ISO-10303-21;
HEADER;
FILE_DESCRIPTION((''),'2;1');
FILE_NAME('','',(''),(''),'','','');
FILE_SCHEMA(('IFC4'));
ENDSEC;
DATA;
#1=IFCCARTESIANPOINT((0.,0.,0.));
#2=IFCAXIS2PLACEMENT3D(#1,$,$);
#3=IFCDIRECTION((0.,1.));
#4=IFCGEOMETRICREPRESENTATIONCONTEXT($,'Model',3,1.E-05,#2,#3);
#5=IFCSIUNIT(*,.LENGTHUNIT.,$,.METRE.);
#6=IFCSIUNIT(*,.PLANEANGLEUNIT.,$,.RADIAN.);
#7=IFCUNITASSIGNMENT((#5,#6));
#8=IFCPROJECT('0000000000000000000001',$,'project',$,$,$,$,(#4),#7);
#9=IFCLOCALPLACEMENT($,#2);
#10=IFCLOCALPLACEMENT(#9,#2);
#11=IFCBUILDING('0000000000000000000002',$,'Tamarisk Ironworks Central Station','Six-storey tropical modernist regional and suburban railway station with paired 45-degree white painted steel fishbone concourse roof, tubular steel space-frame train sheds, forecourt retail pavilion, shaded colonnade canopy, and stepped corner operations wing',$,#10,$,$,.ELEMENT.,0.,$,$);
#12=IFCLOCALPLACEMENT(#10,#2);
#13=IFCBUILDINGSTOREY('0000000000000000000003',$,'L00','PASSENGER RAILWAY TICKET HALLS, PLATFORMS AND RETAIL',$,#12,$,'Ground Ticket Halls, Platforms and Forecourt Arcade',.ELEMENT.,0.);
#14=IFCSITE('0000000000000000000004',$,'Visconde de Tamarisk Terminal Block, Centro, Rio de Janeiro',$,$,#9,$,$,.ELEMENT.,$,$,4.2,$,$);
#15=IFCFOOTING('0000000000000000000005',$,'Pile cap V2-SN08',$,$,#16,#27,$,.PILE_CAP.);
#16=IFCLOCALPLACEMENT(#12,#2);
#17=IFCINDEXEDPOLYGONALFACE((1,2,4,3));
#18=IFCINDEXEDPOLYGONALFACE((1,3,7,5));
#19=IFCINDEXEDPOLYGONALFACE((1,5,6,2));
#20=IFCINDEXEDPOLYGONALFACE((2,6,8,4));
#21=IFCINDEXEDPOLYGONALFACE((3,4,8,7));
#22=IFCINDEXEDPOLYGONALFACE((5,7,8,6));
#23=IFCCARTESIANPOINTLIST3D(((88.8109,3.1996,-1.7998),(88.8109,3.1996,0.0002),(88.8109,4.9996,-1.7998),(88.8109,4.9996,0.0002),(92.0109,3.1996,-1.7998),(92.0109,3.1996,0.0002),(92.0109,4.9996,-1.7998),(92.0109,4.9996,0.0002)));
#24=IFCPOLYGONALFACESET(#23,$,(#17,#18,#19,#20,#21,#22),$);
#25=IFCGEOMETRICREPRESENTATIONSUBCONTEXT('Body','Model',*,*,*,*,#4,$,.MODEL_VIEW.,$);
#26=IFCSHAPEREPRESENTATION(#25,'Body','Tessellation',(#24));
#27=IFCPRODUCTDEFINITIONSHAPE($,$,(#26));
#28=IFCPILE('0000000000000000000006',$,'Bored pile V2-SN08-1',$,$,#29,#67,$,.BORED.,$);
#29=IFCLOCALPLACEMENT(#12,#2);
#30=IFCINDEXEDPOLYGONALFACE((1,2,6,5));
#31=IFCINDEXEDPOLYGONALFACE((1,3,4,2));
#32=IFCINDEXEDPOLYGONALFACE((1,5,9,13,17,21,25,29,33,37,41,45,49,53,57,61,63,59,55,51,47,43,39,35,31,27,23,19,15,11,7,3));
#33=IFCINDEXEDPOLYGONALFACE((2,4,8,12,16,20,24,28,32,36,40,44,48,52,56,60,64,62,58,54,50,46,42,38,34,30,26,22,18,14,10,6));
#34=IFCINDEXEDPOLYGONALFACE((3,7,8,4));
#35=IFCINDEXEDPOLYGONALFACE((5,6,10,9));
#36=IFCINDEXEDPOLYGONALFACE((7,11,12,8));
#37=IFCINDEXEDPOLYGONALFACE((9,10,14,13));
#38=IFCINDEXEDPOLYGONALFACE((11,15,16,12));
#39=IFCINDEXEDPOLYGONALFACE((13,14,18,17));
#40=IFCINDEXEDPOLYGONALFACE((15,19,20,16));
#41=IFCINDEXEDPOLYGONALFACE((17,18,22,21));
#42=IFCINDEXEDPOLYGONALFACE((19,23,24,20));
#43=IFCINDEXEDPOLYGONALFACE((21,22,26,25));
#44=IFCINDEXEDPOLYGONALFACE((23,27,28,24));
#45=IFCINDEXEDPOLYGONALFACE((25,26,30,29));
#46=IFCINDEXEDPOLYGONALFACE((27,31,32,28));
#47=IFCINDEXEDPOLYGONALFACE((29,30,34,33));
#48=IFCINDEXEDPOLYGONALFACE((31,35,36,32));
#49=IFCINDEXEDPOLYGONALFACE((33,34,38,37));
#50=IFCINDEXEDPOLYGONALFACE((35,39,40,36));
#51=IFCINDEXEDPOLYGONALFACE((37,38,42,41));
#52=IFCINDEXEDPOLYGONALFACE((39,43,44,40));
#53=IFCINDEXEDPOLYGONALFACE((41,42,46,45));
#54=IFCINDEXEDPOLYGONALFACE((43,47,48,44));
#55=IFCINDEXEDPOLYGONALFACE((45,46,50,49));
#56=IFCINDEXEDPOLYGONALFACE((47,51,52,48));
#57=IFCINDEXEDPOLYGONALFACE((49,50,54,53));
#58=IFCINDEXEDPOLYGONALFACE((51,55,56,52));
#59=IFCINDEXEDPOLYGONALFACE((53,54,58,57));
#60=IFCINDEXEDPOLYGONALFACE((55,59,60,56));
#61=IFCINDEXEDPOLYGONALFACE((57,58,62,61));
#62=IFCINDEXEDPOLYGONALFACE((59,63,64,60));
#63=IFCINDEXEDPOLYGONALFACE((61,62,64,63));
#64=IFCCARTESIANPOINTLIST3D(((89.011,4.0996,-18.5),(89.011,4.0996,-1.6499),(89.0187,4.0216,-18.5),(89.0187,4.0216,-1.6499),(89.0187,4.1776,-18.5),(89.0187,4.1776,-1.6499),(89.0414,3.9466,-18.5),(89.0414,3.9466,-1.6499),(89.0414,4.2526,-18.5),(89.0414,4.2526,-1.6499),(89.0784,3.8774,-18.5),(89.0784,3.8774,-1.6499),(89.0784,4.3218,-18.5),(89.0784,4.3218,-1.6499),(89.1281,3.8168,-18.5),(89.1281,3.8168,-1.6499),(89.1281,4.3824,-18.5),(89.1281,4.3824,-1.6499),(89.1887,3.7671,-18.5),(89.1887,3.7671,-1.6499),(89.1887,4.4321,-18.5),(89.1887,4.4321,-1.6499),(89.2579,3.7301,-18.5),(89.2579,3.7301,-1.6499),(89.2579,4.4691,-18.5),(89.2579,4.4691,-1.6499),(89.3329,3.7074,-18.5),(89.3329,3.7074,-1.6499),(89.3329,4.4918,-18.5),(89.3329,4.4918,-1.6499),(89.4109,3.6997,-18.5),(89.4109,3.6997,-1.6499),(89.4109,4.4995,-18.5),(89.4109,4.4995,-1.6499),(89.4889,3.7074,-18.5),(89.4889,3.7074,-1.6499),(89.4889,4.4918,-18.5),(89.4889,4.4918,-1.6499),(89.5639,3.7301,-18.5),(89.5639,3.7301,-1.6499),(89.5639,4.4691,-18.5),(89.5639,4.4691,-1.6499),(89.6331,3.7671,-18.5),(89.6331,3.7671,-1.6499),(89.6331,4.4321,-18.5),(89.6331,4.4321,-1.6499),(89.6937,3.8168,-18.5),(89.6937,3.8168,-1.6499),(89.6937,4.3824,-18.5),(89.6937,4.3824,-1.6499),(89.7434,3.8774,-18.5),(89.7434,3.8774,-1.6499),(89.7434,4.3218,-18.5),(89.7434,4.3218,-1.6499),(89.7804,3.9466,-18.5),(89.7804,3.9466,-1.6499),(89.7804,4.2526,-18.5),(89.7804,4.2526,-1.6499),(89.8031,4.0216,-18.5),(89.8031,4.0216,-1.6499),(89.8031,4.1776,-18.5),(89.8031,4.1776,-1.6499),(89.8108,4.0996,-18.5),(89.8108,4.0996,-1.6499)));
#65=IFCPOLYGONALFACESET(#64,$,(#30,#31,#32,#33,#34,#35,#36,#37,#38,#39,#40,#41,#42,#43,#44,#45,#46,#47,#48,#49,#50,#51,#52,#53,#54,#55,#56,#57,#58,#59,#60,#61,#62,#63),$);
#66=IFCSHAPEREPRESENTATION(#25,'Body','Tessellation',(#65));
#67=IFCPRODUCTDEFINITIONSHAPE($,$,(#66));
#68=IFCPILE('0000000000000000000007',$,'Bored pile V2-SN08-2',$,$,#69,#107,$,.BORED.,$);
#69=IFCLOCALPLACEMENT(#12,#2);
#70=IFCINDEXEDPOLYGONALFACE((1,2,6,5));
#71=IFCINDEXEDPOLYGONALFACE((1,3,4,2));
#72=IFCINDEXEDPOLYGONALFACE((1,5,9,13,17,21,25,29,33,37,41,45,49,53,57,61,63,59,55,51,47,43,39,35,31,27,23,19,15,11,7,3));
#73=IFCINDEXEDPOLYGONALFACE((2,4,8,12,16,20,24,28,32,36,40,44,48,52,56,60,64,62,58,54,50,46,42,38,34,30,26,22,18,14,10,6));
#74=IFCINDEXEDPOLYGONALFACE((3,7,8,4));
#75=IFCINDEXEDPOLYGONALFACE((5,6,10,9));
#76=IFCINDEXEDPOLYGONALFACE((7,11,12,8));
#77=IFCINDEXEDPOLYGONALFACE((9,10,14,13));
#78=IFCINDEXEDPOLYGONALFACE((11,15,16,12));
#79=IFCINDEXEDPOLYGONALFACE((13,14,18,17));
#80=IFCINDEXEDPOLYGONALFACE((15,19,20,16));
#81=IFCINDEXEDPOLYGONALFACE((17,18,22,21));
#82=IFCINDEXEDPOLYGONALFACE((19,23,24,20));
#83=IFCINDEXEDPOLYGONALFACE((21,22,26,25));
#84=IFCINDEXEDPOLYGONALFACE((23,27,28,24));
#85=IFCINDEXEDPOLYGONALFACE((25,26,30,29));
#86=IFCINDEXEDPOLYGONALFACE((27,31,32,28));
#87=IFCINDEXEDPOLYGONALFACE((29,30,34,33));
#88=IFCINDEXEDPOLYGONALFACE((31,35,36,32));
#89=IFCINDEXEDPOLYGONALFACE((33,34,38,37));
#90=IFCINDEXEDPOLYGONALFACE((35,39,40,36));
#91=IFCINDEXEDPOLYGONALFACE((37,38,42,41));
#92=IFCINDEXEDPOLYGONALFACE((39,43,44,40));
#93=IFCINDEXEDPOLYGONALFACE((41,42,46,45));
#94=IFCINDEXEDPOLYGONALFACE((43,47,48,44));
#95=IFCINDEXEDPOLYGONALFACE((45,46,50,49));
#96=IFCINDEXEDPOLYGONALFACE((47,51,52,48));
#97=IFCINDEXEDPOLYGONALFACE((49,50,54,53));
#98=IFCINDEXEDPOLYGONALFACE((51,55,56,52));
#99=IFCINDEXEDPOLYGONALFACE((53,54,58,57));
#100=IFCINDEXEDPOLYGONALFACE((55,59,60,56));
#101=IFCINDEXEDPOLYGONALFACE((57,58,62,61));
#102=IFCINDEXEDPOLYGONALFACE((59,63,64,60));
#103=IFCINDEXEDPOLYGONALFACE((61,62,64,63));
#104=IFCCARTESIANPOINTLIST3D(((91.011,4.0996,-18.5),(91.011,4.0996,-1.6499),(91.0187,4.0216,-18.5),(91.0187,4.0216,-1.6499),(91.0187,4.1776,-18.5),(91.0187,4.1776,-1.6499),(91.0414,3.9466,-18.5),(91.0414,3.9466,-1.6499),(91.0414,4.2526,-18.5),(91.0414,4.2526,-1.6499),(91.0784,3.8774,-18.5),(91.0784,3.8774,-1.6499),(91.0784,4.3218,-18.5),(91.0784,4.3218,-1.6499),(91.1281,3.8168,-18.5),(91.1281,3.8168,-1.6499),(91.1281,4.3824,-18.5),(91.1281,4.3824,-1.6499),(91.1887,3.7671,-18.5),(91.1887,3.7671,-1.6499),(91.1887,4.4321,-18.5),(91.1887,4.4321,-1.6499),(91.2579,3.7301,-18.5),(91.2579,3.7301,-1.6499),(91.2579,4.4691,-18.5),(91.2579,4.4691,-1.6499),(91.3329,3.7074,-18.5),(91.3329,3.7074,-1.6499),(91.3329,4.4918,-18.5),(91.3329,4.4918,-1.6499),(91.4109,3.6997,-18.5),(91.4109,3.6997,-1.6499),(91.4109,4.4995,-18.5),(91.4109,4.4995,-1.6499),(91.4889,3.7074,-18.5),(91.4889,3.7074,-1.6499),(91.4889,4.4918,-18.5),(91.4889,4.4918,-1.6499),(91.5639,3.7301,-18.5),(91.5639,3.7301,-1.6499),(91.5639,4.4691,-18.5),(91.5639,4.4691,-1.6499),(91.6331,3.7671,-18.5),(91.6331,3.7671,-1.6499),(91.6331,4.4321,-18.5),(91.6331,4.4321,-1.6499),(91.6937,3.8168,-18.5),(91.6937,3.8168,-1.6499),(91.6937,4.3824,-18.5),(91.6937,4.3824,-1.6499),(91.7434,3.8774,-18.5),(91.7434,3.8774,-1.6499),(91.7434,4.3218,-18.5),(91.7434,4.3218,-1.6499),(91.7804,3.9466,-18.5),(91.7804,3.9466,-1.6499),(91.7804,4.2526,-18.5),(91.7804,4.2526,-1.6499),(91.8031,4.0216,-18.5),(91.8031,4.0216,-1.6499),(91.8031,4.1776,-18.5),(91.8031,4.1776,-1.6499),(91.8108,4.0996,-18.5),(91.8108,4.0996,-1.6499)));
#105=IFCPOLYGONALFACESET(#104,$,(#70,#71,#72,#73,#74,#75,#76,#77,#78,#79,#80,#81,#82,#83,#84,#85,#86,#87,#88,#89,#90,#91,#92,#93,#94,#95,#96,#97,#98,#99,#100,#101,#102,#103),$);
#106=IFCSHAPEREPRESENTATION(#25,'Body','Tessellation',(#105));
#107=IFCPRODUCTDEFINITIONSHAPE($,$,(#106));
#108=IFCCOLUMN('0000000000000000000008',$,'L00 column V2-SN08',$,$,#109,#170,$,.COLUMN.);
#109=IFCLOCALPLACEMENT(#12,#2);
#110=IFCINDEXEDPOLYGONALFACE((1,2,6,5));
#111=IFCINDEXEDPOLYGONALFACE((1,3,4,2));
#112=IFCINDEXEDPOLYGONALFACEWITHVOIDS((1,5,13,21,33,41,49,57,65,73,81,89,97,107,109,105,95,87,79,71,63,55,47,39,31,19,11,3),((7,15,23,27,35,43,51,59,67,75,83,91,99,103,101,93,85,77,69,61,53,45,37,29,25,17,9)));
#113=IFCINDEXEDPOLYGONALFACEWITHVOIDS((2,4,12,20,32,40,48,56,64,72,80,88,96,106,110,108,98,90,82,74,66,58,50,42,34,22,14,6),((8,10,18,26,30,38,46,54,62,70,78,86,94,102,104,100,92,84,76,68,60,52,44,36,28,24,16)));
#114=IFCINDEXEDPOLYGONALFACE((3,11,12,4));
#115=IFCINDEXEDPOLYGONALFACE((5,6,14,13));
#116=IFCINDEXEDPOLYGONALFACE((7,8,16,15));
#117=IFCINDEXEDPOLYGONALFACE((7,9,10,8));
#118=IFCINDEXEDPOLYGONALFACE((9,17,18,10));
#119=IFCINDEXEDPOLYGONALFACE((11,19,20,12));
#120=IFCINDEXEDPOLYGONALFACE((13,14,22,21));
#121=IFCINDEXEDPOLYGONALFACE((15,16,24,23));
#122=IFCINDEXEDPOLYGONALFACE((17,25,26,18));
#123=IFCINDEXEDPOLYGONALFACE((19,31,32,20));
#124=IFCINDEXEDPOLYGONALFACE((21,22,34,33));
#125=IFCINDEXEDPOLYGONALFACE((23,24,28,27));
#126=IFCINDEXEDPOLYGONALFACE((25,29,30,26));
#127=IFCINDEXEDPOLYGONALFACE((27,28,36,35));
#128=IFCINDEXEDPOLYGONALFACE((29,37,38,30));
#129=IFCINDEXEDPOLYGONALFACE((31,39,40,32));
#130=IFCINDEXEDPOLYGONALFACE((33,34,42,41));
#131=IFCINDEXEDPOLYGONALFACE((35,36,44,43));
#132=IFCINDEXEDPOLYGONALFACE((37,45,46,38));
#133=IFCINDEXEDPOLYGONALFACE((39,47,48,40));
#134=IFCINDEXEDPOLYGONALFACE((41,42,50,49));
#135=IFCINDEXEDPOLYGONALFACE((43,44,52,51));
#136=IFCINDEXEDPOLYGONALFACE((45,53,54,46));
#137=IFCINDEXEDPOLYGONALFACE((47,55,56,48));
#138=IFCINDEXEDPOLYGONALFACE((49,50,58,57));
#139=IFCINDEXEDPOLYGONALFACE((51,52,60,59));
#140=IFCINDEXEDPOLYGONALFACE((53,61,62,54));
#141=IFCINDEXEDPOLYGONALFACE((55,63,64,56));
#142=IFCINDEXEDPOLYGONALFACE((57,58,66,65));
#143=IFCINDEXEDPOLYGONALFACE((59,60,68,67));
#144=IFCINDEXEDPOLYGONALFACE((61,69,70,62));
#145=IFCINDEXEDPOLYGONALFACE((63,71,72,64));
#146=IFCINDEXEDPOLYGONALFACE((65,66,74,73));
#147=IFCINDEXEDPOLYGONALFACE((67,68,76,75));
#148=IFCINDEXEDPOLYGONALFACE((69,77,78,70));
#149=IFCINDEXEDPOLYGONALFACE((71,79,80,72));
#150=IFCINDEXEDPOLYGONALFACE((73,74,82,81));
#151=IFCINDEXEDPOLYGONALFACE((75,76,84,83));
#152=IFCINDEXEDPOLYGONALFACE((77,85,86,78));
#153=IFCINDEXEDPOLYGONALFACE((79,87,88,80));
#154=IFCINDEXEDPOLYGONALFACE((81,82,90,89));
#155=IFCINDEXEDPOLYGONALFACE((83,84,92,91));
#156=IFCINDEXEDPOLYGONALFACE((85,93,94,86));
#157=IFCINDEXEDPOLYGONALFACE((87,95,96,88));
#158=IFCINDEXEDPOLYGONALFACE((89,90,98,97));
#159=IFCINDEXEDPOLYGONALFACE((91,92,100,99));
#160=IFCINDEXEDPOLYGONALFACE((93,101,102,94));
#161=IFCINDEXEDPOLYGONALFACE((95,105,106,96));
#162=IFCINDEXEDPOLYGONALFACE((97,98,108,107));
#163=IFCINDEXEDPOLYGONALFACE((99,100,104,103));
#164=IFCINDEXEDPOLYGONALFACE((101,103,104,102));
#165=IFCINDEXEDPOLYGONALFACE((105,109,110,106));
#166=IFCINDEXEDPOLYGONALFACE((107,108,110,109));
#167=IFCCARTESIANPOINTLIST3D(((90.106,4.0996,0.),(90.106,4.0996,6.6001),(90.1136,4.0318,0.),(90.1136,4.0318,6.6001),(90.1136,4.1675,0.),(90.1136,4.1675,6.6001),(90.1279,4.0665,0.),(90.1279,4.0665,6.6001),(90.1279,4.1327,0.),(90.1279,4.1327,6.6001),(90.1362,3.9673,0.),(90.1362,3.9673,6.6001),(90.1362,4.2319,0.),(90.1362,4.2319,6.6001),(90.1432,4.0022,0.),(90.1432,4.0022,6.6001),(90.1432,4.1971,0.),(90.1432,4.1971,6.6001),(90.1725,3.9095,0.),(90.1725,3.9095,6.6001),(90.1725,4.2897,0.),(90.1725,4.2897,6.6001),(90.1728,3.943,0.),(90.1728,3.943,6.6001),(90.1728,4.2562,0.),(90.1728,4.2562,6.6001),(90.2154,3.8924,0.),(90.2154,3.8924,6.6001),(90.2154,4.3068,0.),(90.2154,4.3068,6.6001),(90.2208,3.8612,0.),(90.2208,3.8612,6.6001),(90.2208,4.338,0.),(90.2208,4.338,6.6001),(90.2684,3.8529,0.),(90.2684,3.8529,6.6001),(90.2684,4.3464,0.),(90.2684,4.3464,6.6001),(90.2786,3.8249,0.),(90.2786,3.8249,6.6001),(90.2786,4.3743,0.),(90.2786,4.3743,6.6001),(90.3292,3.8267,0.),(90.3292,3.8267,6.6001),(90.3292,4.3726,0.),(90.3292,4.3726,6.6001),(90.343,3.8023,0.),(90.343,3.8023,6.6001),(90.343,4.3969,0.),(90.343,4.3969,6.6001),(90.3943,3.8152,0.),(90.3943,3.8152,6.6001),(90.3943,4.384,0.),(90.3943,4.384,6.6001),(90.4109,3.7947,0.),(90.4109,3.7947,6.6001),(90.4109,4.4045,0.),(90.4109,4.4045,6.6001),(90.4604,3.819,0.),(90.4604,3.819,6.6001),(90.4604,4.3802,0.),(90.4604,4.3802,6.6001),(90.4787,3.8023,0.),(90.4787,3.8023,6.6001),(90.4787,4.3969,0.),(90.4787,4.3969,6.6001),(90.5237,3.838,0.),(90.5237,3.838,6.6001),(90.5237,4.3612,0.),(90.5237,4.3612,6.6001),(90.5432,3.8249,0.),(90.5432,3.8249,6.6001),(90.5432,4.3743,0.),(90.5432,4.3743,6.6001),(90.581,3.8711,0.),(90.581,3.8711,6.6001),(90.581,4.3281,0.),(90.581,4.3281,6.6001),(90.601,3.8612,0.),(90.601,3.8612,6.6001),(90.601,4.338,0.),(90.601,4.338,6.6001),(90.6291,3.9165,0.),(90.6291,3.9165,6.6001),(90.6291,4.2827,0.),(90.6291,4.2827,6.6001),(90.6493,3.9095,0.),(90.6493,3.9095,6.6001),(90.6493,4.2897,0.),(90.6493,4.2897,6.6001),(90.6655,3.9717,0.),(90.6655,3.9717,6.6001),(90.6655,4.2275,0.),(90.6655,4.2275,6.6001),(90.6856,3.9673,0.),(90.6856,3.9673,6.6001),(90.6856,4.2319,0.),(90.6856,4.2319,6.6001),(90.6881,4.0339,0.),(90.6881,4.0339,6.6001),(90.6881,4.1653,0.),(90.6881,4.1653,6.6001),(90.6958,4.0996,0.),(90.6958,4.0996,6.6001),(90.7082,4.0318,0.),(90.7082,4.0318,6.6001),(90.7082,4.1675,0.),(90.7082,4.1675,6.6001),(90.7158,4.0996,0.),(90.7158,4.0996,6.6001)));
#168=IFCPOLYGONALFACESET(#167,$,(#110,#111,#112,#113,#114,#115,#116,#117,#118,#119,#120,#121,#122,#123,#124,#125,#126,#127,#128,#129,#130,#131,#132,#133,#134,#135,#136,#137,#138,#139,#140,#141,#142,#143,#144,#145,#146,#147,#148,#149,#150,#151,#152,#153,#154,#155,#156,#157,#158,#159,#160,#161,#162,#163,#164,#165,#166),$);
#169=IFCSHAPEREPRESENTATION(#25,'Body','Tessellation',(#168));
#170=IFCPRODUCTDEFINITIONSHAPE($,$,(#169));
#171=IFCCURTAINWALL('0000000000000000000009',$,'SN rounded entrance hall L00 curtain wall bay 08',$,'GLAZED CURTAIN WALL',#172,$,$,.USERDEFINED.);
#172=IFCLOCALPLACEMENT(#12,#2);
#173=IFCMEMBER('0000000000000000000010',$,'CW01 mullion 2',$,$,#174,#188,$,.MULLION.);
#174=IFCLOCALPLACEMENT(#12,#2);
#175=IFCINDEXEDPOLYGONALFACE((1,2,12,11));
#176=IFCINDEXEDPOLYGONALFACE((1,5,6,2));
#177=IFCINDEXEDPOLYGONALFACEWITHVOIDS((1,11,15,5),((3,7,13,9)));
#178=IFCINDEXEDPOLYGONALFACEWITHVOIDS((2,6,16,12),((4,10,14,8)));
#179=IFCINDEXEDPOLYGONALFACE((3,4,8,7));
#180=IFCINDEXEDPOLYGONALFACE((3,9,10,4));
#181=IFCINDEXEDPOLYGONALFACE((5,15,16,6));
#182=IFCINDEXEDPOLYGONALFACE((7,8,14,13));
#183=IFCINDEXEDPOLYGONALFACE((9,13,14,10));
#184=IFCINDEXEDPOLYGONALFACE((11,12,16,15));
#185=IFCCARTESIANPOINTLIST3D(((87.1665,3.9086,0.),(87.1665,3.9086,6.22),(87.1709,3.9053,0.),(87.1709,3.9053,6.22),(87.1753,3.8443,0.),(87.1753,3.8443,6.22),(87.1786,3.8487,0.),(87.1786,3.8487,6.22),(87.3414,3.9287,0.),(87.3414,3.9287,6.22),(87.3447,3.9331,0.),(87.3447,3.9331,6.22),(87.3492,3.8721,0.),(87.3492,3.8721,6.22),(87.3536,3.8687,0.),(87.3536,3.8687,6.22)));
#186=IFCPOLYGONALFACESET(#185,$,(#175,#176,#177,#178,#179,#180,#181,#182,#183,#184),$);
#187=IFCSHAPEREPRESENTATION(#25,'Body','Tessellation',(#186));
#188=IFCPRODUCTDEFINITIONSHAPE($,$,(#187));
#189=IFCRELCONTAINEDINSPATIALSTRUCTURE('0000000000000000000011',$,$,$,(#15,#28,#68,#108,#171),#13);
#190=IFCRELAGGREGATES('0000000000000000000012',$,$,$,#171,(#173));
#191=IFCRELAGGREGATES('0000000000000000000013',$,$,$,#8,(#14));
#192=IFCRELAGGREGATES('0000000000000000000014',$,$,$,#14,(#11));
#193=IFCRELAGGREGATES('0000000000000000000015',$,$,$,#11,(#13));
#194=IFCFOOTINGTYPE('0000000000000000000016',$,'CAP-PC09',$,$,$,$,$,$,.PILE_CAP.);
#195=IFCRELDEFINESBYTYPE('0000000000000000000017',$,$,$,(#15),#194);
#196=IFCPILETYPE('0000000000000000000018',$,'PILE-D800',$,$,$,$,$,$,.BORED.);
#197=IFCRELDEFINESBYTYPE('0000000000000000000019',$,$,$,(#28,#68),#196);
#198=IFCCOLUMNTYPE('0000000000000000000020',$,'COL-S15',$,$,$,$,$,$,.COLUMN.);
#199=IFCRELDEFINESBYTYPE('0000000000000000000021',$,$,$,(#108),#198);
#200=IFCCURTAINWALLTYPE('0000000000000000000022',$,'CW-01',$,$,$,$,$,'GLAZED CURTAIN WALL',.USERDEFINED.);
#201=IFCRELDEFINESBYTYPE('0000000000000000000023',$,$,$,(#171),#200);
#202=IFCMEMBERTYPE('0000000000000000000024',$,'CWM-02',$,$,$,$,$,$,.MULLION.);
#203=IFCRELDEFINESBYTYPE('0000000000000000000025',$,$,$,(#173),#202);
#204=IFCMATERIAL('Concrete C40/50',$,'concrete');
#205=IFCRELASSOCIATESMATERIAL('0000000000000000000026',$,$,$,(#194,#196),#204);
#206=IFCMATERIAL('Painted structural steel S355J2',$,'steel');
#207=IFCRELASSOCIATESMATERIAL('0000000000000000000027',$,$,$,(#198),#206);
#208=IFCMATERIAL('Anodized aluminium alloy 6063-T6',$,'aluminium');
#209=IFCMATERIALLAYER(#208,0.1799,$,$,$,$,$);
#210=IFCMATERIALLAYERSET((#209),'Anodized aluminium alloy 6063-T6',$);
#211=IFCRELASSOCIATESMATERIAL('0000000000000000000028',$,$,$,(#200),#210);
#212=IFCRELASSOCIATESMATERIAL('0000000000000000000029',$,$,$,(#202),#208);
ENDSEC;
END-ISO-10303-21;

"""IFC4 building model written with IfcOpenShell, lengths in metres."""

from ifc_helpers import new_model, si_unit, direction, frame, origin, origin_2d, place, context, subcontext, project, spatial, rectangle, hollow_rectangle, circle, hollow_circle, extrude, material, layer, layer_set, material_profile, profile_set, type_object, element, aggregate, save


model = new_model("IFC4")

# Units and contexts
model_context = context("Model", 3, precision=1e-05, world=origin(), true_north=direction((0.0, 1.0)))
body_context = subcontext(model_context, "Body", "Model", "MODEL_VIEW")
ifc_project = project(units=[si_unit("LENGTHUNIT", "METRE"), si_unit("PLANEANGLEUNIT", "RADIAN")], contexts=[model_context])

# Site, building, storey
site_placement = place(None, origin())
site = spatial("IfcSite", under=ifc_project, at=site_placement, Name="Visconde de Tamarisk Terminal Block, Centro, Rio de Janeiro", CompositionType="ELEMENT", RefElevation=4.2)
building_placement = place(site_placement, origin())
building = spatial("IfcBuilding", under=site, at=building_placement, Name="Tamarisk Ironworks Central Station", Description="Six-storey tropical modernist regional and suburban railway station with paired 45-degree white painted steel fishbone concourse roof, tubular steel space-frame train sheds, forecourt retail pavilion, shaded colonnade canopy, and stepped corner operations wing", CompositionType="ELEMENT", ElevationOfRefHeight=0.0)
storey_placement = place(building_placement, origin())
storey = spatial("IfcBuildingStorey", under=building, at=storey_placement, Name="L00", Description="PASSENGER RAILWAY TICKET HALLS, PLATFORMS AND RETAIL", LongName="Ground Ticket Halls, Platforms and Forecourt Arcade", CompositionType="ELEMENT", Elevation=0.0)

# Footing
ifc_material_1 = material(Name="Concrete C40/50", Category="concrete")
footing_type = type_object("IfcFootingType", Name="CAP-PC09", PredefinedType="PILE_CAP", material=ifc_material_1)
footing_placement = place(storey_placement, frame((90.4109, 4.0996, -1.7998), z_axis=(0.0, 0.0, 1.0), x_axis=(1.0, 0.0, 0.0)))
element("IfcFooting", 1, at=footing_placement, inside=storey, type_object=footing_type, Name="Pile cap V2-SN08", PredefinedType="PILE_CAP", context=body_context, shape_type="SweptSolid", body=[
    extrude(rectangle(XDim=3.2, YDim=1.8, at=origin_2d()), origin(), (0.0, 0.0, 1.0), 1.8),
])

# Piles
ifc_material_profile_1 = material_profile(ifc_material_1, circle(Radius=0.3999, at=origin_2d()), Name="BORED PILE D800")
ifc_profile_set_1 = profile_set([ifc_material_profile_1], Name="Concrete C40/50")
pile_type = type_object("IfcPileType", Name="PILE-D800", PredefinedType="BORED", material=ifc_profile_set_1)
for number, where, z_axis, x_axis, name in (
    (2, (89.4109, 4.0996, -1.6499), (0.0, 0.0, -1.0), (1.0, 0.0, 0.0), "Bored pile V2-SN08-1"),
    (3, (91.4109, 4.0996, -1.6499), (0.0, 0.0, -1.0), (1.0, 0.0, 0.0), "Bored pile V2-SN08-2"),
):
    element("IfcPile", number, at=place(storey_placement, frame(where, z_axis=z_axis, x_axis=x_axis)), inside=storey, type_object=pile_type, Name=name, PredefinedType="BORED", context=body_context, shape_type="SweptSolid", body=[
        extrude(circle(Radius=0.3999, at=origin_2d()), origin(), (0.0, 0.0, 1.0), 16.8501),
    ])

# Column
ifc_material_2 = material(Name="Painted structural steel S355J2", Category="steel")
ifc_material_profile_2 = material_profile(ifc_material_2, hollow_circle(Radius=0.3049, WallThickness=0.02, at=origin_2d()), Name="CHS 610x20")
ifc_profile_set_2 = profile_set([ifc_material_profile_2], Name="Painted structural steel S355J2")
column_type = type_object("IfcColumnType", Name="COL-S15", PredefinedType="COLUMN", material=ifc_profile_set_2)
column_placement = place(storey_placement, frame((90.4109, 4.0996, 0.0), z_axis=(0.0, 0.0, 1.0), x_axis=(1.0, 0.0, 0.0)))
element("IfcColumn", 4, at=column_placement, inside=storey, type_object=column_type, Name="L00 column V2-SN08", PredefinedType="COLUMN", context=body_context, shape_type="SweptSolid", body=[
    extrude(hollow_circle(Radius=0.3049, WallThickness=0.02, at=origin_2d()), origin(), (0.0, 0.0, 1.0), 6.6001),
])

# Curtain wall, member
ifc_material_3 = material(Name="Anodized aluminium alloy 6063-T6", Category="aluminium")
ifc_layer_1 = layer(ifc_material_3, 0.1799)
ifc_layer_set_1 = layer_set([ifc_layer_1], Name="Anodized aluminium alloy 6063-T6")
curtain_wall_type = type_object("IfcCurtainWallType", Name="CW-01", ElementType="GLAZED CURTAIN WALL", PredefinedType="USERDEFINED", material=ifc_layer_set_1)
curtain_wall_1_placement = place(storey_placement, origin())
curtain_wall_1 = element("IfcCurtainWall", 5, at=curtain_wall_1_placement, inside=storey, type_object=curtain_wall_type, Name="SN rounded entrance hall L00 curtain wall bay 08", ObjectType="GLAZED CURTAIN WALL", PredefinedType="USERDEFINED")
ifc_material_profile_3 = material_profile(ifc_material_3, hollow_rectangle(XDim=0.0649, YDim=0.1799, WallThickness=0.0039, at=origin_2d()), Name="ALUM 180x65")
ifc_profile_set_3 = profile_set([ifc_material_profile_3], Name="Anodized aluminium alloy 6063-T6")
member_type_1 = type_object("IfcMemberType", Name="CWM-02", PredefinedType="MULLION", material=ifc_profile_set_3)
member_1_placement = place(storey_placement, frame((87.26, 3.8887, 0.0), z_axis=(0.0, 0.0, 1.0), x_axis=(-0.136042, 0.990703, 0.0)))
member_1 = element("IfcMember", 6, at=member_1_placement, type_object=member_type_1, Name="CW01 mullion 2", PredefinedType="MULLION", context=body_context, shape_type="SweptSolid", body=[
    extrude(hollow_rectangle(XDim=0.0649, YDim=0.1799, WallThickness=0.0039, at=origin_2d()), origin(), (0.0, 0.0, 1.0), 6.22),
])

aggregate(curtain_wall_1, [member_1])

save(model, "model.ifc")
